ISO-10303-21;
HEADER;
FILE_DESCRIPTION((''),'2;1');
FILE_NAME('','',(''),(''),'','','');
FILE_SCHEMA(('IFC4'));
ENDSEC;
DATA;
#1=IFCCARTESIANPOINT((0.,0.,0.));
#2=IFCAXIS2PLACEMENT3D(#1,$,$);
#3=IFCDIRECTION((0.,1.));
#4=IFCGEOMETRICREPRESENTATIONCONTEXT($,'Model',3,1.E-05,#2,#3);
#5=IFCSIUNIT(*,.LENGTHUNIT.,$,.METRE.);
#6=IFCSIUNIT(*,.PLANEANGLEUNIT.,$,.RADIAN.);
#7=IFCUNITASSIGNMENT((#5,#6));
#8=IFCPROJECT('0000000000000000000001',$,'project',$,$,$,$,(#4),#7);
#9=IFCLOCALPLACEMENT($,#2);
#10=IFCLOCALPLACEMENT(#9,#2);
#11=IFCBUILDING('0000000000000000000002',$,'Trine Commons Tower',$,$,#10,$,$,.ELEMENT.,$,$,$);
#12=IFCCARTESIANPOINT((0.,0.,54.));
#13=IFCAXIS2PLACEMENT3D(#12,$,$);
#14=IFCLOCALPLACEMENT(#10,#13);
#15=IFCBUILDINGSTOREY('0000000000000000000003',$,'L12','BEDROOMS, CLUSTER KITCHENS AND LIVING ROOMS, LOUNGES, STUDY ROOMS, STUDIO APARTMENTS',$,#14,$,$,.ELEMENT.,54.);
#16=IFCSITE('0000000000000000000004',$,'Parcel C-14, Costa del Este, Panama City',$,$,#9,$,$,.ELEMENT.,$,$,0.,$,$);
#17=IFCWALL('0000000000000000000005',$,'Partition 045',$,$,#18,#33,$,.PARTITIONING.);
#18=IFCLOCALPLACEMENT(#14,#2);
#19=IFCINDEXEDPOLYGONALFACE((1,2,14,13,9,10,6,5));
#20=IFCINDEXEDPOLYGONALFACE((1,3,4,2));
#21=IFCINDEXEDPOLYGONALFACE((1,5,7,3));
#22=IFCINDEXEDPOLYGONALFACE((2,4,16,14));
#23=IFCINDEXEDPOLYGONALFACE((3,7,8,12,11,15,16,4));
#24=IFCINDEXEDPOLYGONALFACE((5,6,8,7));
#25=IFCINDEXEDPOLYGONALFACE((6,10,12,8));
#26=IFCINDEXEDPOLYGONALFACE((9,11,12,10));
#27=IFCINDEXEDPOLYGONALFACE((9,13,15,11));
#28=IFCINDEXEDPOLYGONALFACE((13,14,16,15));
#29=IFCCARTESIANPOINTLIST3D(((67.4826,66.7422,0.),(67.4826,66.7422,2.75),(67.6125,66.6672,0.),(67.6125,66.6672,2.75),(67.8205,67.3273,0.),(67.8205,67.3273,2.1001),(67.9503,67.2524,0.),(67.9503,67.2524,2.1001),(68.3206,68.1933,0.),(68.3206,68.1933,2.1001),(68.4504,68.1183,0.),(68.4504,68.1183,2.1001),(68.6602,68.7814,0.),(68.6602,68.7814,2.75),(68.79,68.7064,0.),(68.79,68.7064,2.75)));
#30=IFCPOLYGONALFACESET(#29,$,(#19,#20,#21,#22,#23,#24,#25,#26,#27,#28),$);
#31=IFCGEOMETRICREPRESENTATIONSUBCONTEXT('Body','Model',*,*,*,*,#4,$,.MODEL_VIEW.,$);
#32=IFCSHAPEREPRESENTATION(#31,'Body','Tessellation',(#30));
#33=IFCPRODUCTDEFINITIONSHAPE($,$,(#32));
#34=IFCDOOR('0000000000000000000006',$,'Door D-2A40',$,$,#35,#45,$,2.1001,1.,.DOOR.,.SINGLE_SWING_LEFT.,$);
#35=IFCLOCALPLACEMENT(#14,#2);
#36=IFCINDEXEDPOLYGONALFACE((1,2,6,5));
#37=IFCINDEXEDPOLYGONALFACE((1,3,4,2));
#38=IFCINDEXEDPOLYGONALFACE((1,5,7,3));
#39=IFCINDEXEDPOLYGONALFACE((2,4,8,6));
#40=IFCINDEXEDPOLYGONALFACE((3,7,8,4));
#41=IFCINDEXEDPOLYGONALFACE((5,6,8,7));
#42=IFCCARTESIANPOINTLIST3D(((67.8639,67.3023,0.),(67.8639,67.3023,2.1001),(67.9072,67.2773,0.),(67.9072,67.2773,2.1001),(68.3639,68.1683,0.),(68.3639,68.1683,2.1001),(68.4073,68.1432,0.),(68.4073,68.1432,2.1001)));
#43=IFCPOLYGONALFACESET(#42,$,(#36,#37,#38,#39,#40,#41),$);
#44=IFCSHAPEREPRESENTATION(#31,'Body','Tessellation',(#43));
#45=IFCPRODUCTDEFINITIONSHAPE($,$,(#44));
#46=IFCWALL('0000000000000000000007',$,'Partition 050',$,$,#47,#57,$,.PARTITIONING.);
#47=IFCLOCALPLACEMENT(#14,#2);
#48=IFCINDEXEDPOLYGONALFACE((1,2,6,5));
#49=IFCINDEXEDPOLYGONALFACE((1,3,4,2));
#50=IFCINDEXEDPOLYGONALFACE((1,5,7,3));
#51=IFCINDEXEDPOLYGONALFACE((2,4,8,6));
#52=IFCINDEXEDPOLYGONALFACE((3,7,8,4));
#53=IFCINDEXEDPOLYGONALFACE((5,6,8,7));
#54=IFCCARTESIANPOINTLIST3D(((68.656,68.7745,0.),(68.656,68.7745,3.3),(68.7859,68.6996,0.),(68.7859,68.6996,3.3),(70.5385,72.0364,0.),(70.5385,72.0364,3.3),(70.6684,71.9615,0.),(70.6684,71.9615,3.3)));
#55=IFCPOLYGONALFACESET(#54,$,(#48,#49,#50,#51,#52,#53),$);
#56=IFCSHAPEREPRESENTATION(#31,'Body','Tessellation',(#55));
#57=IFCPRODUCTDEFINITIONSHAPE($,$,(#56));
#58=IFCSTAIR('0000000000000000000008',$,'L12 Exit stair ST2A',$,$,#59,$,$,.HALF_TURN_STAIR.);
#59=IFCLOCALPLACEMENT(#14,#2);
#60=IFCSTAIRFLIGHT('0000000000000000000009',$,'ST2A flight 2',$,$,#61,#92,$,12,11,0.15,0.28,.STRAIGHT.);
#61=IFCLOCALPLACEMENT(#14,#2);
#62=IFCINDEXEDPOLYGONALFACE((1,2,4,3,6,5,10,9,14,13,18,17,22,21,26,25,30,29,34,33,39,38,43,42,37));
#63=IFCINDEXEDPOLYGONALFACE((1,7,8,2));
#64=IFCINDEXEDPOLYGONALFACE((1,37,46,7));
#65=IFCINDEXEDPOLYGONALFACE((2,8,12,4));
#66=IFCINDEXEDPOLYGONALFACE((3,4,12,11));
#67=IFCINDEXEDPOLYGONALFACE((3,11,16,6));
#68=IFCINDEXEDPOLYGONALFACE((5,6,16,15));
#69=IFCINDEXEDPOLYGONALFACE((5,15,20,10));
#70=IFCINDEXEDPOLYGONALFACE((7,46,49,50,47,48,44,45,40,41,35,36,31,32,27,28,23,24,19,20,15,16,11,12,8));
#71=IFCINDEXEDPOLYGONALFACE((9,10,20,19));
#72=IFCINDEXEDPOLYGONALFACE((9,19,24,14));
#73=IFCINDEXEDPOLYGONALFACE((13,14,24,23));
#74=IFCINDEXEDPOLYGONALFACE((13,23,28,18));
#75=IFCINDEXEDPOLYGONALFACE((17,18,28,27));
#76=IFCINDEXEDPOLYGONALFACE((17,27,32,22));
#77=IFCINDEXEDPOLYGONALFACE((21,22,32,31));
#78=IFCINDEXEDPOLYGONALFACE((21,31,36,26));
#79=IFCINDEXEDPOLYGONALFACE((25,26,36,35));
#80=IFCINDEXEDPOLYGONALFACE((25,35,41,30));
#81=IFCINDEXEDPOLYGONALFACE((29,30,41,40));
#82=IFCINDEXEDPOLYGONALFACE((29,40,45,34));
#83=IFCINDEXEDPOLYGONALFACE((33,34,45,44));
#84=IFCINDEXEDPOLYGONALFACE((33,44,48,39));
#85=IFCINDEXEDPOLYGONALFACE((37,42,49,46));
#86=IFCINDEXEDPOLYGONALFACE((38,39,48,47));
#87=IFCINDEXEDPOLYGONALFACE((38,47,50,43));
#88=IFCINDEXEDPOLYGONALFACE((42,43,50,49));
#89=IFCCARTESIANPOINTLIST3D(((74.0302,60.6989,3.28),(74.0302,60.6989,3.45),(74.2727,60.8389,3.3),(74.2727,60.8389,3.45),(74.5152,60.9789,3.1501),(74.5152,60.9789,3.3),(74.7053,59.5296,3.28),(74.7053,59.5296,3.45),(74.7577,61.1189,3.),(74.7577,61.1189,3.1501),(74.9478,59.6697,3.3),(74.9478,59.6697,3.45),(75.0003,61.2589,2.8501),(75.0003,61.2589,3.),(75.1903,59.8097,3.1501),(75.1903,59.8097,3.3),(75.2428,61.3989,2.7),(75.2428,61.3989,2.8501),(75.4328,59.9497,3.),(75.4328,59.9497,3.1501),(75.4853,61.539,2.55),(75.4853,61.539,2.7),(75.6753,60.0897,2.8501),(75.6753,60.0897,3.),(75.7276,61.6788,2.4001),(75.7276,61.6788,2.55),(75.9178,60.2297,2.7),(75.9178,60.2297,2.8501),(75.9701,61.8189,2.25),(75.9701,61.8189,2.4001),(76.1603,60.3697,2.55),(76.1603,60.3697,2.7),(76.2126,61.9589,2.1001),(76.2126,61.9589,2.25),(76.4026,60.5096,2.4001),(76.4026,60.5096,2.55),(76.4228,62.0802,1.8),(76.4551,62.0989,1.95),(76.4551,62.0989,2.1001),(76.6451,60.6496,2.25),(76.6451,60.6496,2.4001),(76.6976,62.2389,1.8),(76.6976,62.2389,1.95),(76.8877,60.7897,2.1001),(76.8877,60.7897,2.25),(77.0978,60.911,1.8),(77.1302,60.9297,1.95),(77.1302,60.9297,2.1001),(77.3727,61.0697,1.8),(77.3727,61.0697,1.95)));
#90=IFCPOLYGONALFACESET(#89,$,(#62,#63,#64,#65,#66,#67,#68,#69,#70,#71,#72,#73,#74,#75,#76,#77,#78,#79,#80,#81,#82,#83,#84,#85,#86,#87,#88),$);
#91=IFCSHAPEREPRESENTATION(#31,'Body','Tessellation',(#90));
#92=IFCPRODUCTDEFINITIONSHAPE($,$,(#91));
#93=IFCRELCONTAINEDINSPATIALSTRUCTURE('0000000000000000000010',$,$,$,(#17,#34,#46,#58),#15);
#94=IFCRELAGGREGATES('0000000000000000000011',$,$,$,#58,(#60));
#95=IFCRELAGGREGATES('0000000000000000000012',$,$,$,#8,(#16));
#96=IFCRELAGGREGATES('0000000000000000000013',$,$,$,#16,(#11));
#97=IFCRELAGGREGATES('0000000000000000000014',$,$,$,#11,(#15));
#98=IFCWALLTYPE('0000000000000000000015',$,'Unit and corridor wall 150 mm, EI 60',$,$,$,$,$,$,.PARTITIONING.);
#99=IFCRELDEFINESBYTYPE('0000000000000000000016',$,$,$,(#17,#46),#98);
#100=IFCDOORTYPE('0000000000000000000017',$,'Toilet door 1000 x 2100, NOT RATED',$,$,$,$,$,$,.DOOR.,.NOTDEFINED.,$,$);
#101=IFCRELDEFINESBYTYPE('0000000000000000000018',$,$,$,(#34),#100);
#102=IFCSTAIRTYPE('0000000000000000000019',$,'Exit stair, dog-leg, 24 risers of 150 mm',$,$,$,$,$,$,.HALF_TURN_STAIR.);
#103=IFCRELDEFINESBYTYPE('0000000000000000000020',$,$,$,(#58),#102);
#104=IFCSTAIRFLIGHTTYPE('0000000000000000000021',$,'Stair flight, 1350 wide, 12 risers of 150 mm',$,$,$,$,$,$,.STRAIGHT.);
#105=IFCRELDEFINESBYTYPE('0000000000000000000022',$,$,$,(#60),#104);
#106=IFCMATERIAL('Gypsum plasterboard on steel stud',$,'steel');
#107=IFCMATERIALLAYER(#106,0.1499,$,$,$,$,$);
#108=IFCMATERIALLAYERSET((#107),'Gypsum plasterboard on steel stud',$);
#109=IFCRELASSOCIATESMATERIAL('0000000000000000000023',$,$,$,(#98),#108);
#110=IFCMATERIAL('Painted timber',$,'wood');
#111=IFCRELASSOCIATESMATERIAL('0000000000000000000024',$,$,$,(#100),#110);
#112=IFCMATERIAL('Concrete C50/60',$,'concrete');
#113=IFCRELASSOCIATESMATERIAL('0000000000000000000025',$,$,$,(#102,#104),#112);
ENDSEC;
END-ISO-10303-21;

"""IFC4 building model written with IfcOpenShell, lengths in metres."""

from ifc_helpers import new_model, si_unit, direction, frame, frame_2d, origin, place, context, subcontext, project, spatial, polyline, rectangle, outline, extrude, material, layer, layer_set, type_object, element, fill, aggregate, save


model = new_model("IFC4")

# Units and contexts
model_context = context("Model", 3, precision=1e-05, world=origin(), true_north=direction((0.0, 1.0)))
body_context = subcontext(model_context, "Body", "Model", "MODEL_VIEW")
ifc_project = project(units=[si_unit("LENGTHUNIT", "METRE"), si_unit("PLANEANGLEUNIT", "RADIAN")], contexts=[model_context])

# Site, building, storey
site_placement = place(None, origin())
site = spatial("IfcSite", under=ifc_project, at=site_placement, Name="Parcel C-14, Costa del Este, Panama City", CompositionType="ELEMENT", RefElevation=0.0)
building_placement = place(site_placement, origin())
building = spatial("IfcBuilding", under=site, at=building_placement, Name="Trine Commons Tower", CompositionType="ELEMENT")
storey_placement = place(building_placement, frame((0.0, 0.0, 54.0)))
storey = spatial("IfcBuildingStorey", under=building, at=storey_placement, Name="L12", Description="BEDROOMS, CLUSTER KITCHENS AND LIVING ROOMS, LOUNGES, STUDY ROOMS, STUDIO APARTMENTS", CompositionType="ELEMENT", Elevation=54.0)

# Shared definitions
ifc_material_1 = material(Name="Concrete C50/60", Category="concrete")

# Shared definitions
ifc_material_2 = material(Name="Gypsum plasterboard on steel stud", Category="steel")
ifc_layer_1 = layer(ifc_material_2, 0.1499)
ifc_layer_set_1 = layer_set([ifc_layer_1], Name="Gypsum plasterboard on steel stud")
wall_type_1 = type_object("IfcWallType", Name="Unit and corridor wall 150 mm, EI 60", PredefinedType="PARTITIONING", material=ifc_layer_set_1)

# Wall, opening, door
wall_1_placement = place(storey_placement, frame((67.5476, 66.7048, 0.0), z_axis=(0.0, 0.0, 1.0), x_axis=(0.500075, 0.865982, 0.0)))
wall_1 = element("IfcWall", 1, at=wall_1_placement, inside=storey, type_object=wall_type_1, Name="Partition 045", PredefinedType="PARTITIONING", context=body_context, shape_type="SweptSolid", body=[
    extrude(rectangle(XDim=2.3547, YDim=0.1499, at=frame_2d((1.1772, 0.0))), origin(), (0.0, 0.0, 1.0), 2.75),
])
opening_1_placement = place(wall_1_placement, frame((0.6755, 0.0, 0.0)))
opening_1 = element("IfcOpeningElement", 2, at=opening_1_placement, cuts=wall_1, PredefinedType="OPENING", context=body_context, shape_type="SweptSolid", body=[
    extrude(rectangle(XDim=1.0, YDim=2.1001, at=frame_2d((0.5, 1.05))), frame((0.0, 0.085, 0.0), z_axis=(0.0, -1.0, 0.0), x_axis=(1.0, 0.0, 0.0)), (0.0, 0.0, 1.0), 0.1699),
])
ifc_material_3 = material(Name="Painted timber", Category="wood")
door_type_1 = type_object("IfcDoorType", Name="Toilet door 1000 x 2100, NOT RATED", OperationType="NOTDEFINED", PredefinedType="DOOR", material=ifc_material_3)
door_1_placement = place(opening_1_placement, origin())
door_1 = element("IfcDoor", 3, at=door_1_placement, inside=storey, type_object=door_type_1, Name="Door D-2A40", OperationType="SINGLE_SWING_LEFT", OverallHeight=2.1001, OverallWidth=1.0, PredefinedType="DOOR", context=body_context, shape_type="SweptSolid", body=[
    extrude(rectangle(XDim=1.0, YDim=2.1001, at=frame_2d((0.5, 1.05))), frame((0.0, 0.0249, 0.0), z_axis=(0.0, -1.0, 0.0), x_axis=(1.0, 0.0, 0.0)), (0.0, 0.0, 1.0), 0.05),
])
fill(opening_1, door_1)

# Wall
wall_2_placement = place(storey_placement, frame((68.7209, 68.7371, 0.0), z_axis=(0.0, 0.0, 1.0), x_axis=(0.499855, 0.866109, 0.0)))
element("IfcWall", 4, at=wall_2_placement, inside=storey, type_object=wall_type_1, Name="Partition 050", PredefinedType="PARTITIONING", context=body_context, shape_type="SweptSolid", body=[
    extrude(rectangle(XDim=3.7661, YDim=0.1499, at=frame_2d((1.8831, 0.0))), origin(), (0.0, 0.0, 1.0), 3.3),
])

# Stair, stair flight
stair_type = type_object("IfcStairType", Name="Exit stair, dog-leg, 24 risers of 150 mm", PredefinedType="HALF_TURN_STAIR", material=ifc_material_1)
stair_placement = place(storey_placement, origin())
stair = element("IfcStair", 5, at=stair_placement, inside=storey, type_object=stair_type, Name="L12 Exit stair ST2A", PredefinedType="HALF_TURN_STAIR")
stair_flight_type = type_object("IfcStairFlightType", Name="Stair flight, 1350 wide, 12 risers of 150 mm", PredefinedType="STRAIGHT", material=ifc_material_1)
stair_flight_placement = place(storey_placement, frame((77.0352, 61.6543, 1.8), z_axis=(0.0, 0.0, 1.0), x_axis=(-0.866025, -0.5, 0.0)))
stair_flight = element("IfcStairFlight", 6, at=stair_flight_placement, type_object=stair_flight_type, Name="ST2A flight 2", NumberOfRisers=12, NumberOfTreads=11, PredefinedType="STRAIGHT", RiserHeight=0.15, TreadLength=0.28, context=body_context, shape_type="SweptSolid", body=[
    extrude(outline(polyline([(0.0, 0.0), (0.0, 0.1499), (0.28, 0.1499), (0.28, 0.3), (0.5601, 0.3), (0.5601, 0.45), (0.8401, 0.45), (0.8401, 0.6001), (1.1201, 0.6001), (1.1201, 0.75), (1.3999, 0.75), (1.3999, 0.8999), (1.6799, 0.8999), (1.6799, 1.05), (1.96, 1.05), (1.96, 1.2), (2.24, 1.2), (2.24, 1.3501), (2.52, 1.3501), (2.52, 1.5), (2.8, 1.5), (2.8, 1.6499), (3.0801, 1.6499), (3.0801, 1.8), (3.0801, 1.48), (0.3174, 0.0), (0.0, 0.0)])), frame((0.0, 0.675, 0.0), z_axis=(0.0, -1.0, 0.0), x_axis=(1.0, 0.0, 0.0)), (0.0, 0.0, 1.0), 1.3501),
])
aggregate(stair, [stair_flight])

save(model, "model.ifc")
